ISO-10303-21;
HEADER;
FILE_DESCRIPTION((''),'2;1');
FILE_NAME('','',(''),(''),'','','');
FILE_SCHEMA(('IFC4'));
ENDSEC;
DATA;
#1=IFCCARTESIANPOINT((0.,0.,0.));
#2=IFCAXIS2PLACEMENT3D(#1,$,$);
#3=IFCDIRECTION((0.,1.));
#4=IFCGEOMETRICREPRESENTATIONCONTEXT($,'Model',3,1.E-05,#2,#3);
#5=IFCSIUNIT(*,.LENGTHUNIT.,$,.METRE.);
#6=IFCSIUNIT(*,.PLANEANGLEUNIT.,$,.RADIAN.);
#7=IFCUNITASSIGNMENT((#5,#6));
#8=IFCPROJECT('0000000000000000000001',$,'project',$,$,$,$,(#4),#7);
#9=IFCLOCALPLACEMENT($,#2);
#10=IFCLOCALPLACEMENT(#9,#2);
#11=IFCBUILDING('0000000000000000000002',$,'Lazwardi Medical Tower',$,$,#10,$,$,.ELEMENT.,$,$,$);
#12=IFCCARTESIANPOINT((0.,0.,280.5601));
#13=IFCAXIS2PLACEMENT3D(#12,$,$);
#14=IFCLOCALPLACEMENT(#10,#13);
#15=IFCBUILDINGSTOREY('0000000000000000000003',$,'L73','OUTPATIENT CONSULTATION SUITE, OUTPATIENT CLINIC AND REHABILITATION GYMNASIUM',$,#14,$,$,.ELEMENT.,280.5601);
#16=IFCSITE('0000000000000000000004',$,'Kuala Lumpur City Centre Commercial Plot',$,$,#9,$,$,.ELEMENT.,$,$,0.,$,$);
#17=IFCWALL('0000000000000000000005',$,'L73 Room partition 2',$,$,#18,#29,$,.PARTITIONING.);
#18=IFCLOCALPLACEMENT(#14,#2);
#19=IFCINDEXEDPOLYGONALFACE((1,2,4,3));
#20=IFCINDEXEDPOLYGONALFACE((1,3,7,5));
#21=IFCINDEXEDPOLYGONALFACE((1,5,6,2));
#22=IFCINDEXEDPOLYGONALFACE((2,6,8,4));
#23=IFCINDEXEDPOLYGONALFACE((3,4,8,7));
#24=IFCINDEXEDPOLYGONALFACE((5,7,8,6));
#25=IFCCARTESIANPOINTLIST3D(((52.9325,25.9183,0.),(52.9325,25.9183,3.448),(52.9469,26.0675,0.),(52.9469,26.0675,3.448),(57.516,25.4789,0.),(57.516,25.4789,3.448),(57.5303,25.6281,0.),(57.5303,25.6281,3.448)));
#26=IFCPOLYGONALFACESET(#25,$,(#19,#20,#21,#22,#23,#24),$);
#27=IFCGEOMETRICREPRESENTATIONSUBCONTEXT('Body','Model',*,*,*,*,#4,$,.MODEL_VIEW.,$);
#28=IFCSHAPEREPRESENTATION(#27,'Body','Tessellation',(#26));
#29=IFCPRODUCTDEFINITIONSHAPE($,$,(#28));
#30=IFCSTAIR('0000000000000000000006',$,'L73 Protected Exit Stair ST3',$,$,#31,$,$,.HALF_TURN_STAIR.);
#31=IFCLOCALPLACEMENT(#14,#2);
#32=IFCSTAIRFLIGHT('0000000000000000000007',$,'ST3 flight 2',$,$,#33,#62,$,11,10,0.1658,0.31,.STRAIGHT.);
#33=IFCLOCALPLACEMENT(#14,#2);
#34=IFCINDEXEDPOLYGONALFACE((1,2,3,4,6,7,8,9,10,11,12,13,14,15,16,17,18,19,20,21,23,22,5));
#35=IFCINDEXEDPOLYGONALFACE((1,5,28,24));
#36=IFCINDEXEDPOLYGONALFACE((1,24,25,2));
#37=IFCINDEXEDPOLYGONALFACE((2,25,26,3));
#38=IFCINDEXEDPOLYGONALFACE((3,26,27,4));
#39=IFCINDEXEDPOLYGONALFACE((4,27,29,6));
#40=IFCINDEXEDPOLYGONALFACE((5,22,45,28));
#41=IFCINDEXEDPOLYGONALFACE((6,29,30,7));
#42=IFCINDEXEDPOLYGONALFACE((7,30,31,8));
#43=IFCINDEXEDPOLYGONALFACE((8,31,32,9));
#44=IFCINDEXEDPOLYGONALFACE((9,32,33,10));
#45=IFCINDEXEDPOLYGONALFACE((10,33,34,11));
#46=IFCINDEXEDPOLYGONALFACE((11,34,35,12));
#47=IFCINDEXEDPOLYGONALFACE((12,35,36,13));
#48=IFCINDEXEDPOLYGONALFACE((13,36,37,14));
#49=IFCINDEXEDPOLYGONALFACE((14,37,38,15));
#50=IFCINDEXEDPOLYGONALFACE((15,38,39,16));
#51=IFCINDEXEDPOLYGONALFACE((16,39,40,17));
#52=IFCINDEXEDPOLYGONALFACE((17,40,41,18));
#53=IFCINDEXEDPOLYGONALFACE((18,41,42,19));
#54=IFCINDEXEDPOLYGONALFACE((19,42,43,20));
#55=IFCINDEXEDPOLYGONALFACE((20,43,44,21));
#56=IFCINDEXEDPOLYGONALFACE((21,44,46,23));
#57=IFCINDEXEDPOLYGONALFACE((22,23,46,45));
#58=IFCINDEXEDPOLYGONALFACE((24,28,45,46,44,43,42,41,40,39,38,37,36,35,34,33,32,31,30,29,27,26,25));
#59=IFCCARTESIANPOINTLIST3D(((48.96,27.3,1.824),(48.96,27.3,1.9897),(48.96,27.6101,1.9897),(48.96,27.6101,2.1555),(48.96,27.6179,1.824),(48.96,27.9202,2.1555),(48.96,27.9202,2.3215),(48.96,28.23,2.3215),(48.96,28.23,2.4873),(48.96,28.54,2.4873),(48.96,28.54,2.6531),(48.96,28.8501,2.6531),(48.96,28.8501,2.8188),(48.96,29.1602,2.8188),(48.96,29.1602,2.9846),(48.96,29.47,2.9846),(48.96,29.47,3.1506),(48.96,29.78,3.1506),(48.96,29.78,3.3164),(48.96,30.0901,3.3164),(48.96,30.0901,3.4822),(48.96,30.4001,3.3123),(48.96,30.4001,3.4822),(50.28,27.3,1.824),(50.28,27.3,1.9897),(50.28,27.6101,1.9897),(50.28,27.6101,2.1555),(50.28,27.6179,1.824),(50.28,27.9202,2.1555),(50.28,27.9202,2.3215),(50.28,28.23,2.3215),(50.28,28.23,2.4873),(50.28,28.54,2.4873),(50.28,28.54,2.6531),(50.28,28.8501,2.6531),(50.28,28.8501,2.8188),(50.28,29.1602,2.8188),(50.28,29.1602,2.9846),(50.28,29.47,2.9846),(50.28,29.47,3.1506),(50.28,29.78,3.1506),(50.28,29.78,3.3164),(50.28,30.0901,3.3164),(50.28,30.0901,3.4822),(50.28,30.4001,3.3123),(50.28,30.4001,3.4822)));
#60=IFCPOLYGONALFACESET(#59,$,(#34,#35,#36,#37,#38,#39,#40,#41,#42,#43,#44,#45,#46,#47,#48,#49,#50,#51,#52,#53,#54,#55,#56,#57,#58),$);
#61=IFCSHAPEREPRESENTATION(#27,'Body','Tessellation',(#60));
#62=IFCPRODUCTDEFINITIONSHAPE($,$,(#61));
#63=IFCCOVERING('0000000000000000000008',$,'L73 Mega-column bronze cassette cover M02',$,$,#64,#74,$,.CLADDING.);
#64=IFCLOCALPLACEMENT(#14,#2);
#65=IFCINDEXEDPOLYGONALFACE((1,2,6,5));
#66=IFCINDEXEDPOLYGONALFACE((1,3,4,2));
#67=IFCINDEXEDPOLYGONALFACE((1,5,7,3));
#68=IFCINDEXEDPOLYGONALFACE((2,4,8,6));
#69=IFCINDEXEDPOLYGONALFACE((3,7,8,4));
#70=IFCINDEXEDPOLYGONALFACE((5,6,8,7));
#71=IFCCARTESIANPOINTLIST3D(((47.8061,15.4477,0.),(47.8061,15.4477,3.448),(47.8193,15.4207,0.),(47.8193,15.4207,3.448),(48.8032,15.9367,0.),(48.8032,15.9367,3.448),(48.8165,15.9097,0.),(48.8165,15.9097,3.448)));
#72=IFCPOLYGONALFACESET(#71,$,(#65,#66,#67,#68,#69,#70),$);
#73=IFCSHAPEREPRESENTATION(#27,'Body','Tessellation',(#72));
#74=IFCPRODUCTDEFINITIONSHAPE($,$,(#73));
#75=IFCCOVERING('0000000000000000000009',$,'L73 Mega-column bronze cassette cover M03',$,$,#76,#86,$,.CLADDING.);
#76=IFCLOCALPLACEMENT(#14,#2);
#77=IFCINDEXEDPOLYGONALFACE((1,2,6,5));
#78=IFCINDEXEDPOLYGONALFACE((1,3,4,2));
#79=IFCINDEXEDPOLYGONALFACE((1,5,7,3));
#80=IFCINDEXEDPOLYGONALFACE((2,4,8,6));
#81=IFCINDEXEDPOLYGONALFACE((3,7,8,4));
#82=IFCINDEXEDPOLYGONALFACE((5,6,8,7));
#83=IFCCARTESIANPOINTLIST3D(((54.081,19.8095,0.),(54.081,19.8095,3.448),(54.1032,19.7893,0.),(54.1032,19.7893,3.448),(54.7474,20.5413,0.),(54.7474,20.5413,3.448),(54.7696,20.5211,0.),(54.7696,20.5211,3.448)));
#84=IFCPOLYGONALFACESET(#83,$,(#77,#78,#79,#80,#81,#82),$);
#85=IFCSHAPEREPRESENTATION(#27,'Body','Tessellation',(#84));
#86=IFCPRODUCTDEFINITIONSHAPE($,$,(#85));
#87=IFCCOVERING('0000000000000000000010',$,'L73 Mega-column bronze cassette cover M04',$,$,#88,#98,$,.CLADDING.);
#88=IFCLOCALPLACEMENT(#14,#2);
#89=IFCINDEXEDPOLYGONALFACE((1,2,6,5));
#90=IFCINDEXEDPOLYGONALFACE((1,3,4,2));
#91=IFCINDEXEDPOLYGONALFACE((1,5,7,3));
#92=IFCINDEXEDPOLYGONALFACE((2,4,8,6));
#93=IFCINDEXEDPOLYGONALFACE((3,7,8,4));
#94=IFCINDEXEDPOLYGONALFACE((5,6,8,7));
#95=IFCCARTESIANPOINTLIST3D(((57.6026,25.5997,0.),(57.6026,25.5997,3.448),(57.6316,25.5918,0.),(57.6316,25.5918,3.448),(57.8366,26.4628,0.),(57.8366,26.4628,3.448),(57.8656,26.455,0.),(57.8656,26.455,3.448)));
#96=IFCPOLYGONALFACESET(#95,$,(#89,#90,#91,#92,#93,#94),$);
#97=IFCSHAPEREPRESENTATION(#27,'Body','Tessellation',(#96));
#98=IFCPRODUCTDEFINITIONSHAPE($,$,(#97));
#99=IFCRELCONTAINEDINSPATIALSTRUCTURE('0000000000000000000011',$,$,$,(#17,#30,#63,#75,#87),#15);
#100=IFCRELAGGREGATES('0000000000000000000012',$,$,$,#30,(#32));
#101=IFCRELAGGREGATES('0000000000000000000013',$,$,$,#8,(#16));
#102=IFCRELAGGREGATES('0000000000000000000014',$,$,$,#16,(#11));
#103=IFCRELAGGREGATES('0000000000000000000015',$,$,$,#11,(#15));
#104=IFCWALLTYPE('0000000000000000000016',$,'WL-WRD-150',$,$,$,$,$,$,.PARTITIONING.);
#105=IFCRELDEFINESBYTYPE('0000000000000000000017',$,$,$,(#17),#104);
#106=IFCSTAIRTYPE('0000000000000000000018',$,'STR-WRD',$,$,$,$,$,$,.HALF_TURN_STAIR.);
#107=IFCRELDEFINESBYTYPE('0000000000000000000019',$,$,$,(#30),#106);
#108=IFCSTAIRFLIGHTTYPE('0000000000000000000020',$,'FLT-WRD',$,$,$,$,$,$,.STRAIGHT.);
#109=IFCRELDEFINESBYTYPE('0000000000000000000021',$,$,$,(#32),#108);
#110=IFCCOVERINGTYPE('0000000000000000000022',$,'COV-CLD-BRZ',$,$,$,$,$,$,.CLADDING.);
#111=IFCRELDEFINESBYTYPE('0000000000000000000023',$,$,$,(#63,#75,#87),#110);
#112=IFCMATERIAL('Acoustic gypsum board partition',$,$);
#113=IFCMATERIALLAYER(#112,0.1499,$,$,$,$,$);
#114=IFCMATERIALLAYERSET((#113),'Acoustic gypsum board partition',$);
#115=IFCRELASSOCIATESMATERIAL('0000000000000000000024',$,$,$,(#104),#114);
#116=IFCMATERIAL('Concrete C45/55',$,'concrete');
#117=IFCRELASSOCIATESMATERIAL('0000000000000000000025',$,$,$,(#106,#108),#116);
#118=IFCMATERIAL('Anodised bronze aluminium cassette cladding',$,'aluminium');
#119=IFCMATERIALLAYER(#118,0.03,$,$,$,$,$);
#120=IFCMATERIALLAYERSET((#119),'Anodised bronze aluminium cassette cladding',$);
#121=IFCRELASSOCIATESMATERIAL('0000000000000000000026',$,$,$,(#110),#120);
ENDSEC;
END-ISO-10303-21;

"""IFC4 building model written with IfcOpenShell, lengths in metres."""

from ifc_helpers import new_model, si_unit, direction, frame, frame_2d, origin, origin_2d, place, context, subcontext, project, spatial, polyline, rectangle, outline, extrude, material, layer, layer_set, type_object, element, aggregate, save


model = new_model("IFC4")

# Units and contexts
model_context = context("Model", 3, precision=1e-05, world=origin(), true_north=direction((0.0, 1.0)))
body_context = subcontext(model_context, "Body", "Model", "MODEL_VIEW")
ifc_project = project(units=[si_unit("LENGTHUNIT", "METRE"), si_unit("PLANEANGLEUNIT", "RADIAN")], contexts=[model_context])

# Site, building, storey
site_placement = place(None, origin())
site = spatial("IfcSite", under=ifc_project, at=site_placement, Name="Kuala Lumpur City Centre Commercial Plot", CompositionType="ELEMENT", RefElevation=0.0)
building_placement = place(site_placement, origin())
building = spatial("IfcBuilding", under=site, at=building_placement, Name="Lazwardi Medical Tower", CompositionType="ELEMENT")
storey_placement = place(building_placement, frame((0.0, 0.0, 280.5601)))
storey = spatial("IfcBuildingStorey", under=building, at=storey_placement, Name="L73", Description="OUTPATIENT CONSULTATION SUITE, OUTPATIENT CLINIC AND REHABILITATION GYMNASIUM", CompositionType="ELEMENT", Elevation=280.5601)

# Wall
ifc_material_1 = material(Name="Acoustic gypsum board partition")
ifc_layer_1 = layer(ifc_material_1, 0.1499)
ifc_layer_set_1 = layer_set([ifc_layer_1], Name="Acoustic gypsum board partition")
wall_type_1 = type_object("IfcWallType", Name="WL-WRD-150", PredefinedType="PARTITIONING", material=ifc_layer_set_1)
wall_1_placement = place(storey_placement, frame((52.9397, 25.9929, 0.0), z_axis=(0.0, 0.0, 1.0), x_axis=(0.995435, -0.09544, 0.0)))
element("IfcWall", 1, at=wall_1_placement, inside=storey, type_object=wall_type_1, Name="L73 Room partition 2", PredefinedType="PARTITIONING", context=body_context, shape_type="SweptSolid", body=[
    extrude(rectangle(XDim=4.6045, YDim=0.1499, at=frame_2d((2.3022, 0.0))), origin(), (0.0, 0.0, 1.0), 3.448),
])

# Stair, stair flight
ifc_material_2 = material(Name="Concrete C45/55", Category="concrete")
stair_type = type_object("IfcStairType", Name="STR-WRD", PredefinedType="HALF_TURN_STAIR", material=ifc_material_2)
stair_placement = place(storey_placement, origin())
stair = element("IfcStair", 2, at=stair_placement, inside=storey, type_object=stair_type, Name="L73 Protected Exit Stair ST3", PredefinedType="HALF_TURN_STAIR")
stair_flight_type = type_object("IfcStairFlightType", Name="FLT-WRD", PredefinedType="STRAIGHT", material=ifc_material_2)
stair_flight_placement = place(storey_placement, frame((49.6201, 27.3, 1.824), z_axis=(0.0, 0.0, 1.0), x_axis=(0.0, 1.0, 0.0)))
stair_flight = element("IfcStairFlight", 3, at=stair_flight_placement, type_object=stair_flight_type, Name="ST3 flight 2", NumberOfRisers=11, NumberOfTreads=10, PredefinedType="STRAIGHT", RiserHeight=0.1658, TreadLength=0.31, context=body_context, shape_type="SweptSolid", body=[
    extrude(outline(polyline([(0.0, 0.0), (0.0, 0.1658), (0.3101, 0.1658), (0.3101, 0.3315), (0.6201, 0.3315), (0.6201, 0.4976), (0.9299, 0.4976), (0.9299, 0.6633), (1.24, 0.6633), (1.24, 0.8291), (1.55, 0.8291), (1.55, 0.9949), (1.8601, 0.9949), (1.8601, 1.1606), (2.1699, 1.1606), (2.1699, 1.3267), (2.48, 1.3267), (2.48, 1.4924), (2.79, 1.4924), (2.79, 1.6582), (3.1001, 1.6582), (3.1001, 1.824), (3.1001, 1.4883), (0.3179, 0.0), (0.0, 0.0)])), frame((0.0, 0.6602, 0.0), z_axis=(0.0, -1.0, 0.0), x_axis=(1.0, 0.0, 0.0)), (0.0, 0.0, 1.0), 1.3201),
])
aggregate(stair, [stair_flight])

# Coverings
ifc_material_3 = material(Name="Anodised bronze aluminium cassette cladding", Category="aluminium")
ifc_layer_2 = layer(ifc_material_3, 0.03)
ifc_layer_set_2 = layer_set([ifc_layer_2], Name="Anodised bronze aluminium cassette cladding")
covering_type = type_object("IfcCoveringType", Name="COV-CLD-BRZ", PredefinedType="CLADDING", material=ifc_layer_set_2)
covering_1_placement = place(storey_placement, frame((48.3113, 15.6787, 0.0), z_axis=(0.0, 0.0, 1.0), x_axis=(0.89784, 0.440322, 0.0)))
element("IfcCovering", 4, at=covering_1_placement, inside=storey, type_object=covering_type, Name="L73 Mega-column bronze cassette cover M02", PredefinedType="CLADDING", context=body_context, shape_type="SweptSolid", body=[
    extrude(rectangle(XDim=1.1106, YDim=0.03, at=origin_2d()), origin(), (0.0, 0.0, 1.0), 3.448),
])
covering_2_placement = place(storey_placement, frame((54.4253, 20.1653, 0.0), z_axis=(0.0, 0.0, 1.0), x_axis=(0.673241, 0.739423, 0.0)))
element("IfcCovering", 5, at=covering_2_placement, inside=storey, type_object=covering_type, Name="L73 Mega-column bronze cassette cover M03", PredefinedType="CLADDING", context=body_context, shape_type="SweptSolid", body=[
    extrude(rectangle(XDim=0.9897, YDim=0.03, at=origin_2d()), origin(), (0.0, 0.0, 1.0), 3.448),
])
covering_3_placement = place(storey_placement, frame((57.7341, 26.0273, 0.0), z_axis=(0.0, 0.0, 1.0), x_axis=(0.261642, 0.965165, 0.0)))
element("IfcCovering", 6, at=covering_3_placement, inside=storey, type_object=covering_type, Name="L73 Mega-column bronze cassette cover M04", PredefinedType="CLADDING", context=body_context, shape_type="SweptSolid", body=[
    extrude(rectangle(XDim=0.8943, YDim=0.03, at=origin_2d()), origin(), (0.0, 0.0, 1.0), 3.448),
])

save(model, "model.ifc")
